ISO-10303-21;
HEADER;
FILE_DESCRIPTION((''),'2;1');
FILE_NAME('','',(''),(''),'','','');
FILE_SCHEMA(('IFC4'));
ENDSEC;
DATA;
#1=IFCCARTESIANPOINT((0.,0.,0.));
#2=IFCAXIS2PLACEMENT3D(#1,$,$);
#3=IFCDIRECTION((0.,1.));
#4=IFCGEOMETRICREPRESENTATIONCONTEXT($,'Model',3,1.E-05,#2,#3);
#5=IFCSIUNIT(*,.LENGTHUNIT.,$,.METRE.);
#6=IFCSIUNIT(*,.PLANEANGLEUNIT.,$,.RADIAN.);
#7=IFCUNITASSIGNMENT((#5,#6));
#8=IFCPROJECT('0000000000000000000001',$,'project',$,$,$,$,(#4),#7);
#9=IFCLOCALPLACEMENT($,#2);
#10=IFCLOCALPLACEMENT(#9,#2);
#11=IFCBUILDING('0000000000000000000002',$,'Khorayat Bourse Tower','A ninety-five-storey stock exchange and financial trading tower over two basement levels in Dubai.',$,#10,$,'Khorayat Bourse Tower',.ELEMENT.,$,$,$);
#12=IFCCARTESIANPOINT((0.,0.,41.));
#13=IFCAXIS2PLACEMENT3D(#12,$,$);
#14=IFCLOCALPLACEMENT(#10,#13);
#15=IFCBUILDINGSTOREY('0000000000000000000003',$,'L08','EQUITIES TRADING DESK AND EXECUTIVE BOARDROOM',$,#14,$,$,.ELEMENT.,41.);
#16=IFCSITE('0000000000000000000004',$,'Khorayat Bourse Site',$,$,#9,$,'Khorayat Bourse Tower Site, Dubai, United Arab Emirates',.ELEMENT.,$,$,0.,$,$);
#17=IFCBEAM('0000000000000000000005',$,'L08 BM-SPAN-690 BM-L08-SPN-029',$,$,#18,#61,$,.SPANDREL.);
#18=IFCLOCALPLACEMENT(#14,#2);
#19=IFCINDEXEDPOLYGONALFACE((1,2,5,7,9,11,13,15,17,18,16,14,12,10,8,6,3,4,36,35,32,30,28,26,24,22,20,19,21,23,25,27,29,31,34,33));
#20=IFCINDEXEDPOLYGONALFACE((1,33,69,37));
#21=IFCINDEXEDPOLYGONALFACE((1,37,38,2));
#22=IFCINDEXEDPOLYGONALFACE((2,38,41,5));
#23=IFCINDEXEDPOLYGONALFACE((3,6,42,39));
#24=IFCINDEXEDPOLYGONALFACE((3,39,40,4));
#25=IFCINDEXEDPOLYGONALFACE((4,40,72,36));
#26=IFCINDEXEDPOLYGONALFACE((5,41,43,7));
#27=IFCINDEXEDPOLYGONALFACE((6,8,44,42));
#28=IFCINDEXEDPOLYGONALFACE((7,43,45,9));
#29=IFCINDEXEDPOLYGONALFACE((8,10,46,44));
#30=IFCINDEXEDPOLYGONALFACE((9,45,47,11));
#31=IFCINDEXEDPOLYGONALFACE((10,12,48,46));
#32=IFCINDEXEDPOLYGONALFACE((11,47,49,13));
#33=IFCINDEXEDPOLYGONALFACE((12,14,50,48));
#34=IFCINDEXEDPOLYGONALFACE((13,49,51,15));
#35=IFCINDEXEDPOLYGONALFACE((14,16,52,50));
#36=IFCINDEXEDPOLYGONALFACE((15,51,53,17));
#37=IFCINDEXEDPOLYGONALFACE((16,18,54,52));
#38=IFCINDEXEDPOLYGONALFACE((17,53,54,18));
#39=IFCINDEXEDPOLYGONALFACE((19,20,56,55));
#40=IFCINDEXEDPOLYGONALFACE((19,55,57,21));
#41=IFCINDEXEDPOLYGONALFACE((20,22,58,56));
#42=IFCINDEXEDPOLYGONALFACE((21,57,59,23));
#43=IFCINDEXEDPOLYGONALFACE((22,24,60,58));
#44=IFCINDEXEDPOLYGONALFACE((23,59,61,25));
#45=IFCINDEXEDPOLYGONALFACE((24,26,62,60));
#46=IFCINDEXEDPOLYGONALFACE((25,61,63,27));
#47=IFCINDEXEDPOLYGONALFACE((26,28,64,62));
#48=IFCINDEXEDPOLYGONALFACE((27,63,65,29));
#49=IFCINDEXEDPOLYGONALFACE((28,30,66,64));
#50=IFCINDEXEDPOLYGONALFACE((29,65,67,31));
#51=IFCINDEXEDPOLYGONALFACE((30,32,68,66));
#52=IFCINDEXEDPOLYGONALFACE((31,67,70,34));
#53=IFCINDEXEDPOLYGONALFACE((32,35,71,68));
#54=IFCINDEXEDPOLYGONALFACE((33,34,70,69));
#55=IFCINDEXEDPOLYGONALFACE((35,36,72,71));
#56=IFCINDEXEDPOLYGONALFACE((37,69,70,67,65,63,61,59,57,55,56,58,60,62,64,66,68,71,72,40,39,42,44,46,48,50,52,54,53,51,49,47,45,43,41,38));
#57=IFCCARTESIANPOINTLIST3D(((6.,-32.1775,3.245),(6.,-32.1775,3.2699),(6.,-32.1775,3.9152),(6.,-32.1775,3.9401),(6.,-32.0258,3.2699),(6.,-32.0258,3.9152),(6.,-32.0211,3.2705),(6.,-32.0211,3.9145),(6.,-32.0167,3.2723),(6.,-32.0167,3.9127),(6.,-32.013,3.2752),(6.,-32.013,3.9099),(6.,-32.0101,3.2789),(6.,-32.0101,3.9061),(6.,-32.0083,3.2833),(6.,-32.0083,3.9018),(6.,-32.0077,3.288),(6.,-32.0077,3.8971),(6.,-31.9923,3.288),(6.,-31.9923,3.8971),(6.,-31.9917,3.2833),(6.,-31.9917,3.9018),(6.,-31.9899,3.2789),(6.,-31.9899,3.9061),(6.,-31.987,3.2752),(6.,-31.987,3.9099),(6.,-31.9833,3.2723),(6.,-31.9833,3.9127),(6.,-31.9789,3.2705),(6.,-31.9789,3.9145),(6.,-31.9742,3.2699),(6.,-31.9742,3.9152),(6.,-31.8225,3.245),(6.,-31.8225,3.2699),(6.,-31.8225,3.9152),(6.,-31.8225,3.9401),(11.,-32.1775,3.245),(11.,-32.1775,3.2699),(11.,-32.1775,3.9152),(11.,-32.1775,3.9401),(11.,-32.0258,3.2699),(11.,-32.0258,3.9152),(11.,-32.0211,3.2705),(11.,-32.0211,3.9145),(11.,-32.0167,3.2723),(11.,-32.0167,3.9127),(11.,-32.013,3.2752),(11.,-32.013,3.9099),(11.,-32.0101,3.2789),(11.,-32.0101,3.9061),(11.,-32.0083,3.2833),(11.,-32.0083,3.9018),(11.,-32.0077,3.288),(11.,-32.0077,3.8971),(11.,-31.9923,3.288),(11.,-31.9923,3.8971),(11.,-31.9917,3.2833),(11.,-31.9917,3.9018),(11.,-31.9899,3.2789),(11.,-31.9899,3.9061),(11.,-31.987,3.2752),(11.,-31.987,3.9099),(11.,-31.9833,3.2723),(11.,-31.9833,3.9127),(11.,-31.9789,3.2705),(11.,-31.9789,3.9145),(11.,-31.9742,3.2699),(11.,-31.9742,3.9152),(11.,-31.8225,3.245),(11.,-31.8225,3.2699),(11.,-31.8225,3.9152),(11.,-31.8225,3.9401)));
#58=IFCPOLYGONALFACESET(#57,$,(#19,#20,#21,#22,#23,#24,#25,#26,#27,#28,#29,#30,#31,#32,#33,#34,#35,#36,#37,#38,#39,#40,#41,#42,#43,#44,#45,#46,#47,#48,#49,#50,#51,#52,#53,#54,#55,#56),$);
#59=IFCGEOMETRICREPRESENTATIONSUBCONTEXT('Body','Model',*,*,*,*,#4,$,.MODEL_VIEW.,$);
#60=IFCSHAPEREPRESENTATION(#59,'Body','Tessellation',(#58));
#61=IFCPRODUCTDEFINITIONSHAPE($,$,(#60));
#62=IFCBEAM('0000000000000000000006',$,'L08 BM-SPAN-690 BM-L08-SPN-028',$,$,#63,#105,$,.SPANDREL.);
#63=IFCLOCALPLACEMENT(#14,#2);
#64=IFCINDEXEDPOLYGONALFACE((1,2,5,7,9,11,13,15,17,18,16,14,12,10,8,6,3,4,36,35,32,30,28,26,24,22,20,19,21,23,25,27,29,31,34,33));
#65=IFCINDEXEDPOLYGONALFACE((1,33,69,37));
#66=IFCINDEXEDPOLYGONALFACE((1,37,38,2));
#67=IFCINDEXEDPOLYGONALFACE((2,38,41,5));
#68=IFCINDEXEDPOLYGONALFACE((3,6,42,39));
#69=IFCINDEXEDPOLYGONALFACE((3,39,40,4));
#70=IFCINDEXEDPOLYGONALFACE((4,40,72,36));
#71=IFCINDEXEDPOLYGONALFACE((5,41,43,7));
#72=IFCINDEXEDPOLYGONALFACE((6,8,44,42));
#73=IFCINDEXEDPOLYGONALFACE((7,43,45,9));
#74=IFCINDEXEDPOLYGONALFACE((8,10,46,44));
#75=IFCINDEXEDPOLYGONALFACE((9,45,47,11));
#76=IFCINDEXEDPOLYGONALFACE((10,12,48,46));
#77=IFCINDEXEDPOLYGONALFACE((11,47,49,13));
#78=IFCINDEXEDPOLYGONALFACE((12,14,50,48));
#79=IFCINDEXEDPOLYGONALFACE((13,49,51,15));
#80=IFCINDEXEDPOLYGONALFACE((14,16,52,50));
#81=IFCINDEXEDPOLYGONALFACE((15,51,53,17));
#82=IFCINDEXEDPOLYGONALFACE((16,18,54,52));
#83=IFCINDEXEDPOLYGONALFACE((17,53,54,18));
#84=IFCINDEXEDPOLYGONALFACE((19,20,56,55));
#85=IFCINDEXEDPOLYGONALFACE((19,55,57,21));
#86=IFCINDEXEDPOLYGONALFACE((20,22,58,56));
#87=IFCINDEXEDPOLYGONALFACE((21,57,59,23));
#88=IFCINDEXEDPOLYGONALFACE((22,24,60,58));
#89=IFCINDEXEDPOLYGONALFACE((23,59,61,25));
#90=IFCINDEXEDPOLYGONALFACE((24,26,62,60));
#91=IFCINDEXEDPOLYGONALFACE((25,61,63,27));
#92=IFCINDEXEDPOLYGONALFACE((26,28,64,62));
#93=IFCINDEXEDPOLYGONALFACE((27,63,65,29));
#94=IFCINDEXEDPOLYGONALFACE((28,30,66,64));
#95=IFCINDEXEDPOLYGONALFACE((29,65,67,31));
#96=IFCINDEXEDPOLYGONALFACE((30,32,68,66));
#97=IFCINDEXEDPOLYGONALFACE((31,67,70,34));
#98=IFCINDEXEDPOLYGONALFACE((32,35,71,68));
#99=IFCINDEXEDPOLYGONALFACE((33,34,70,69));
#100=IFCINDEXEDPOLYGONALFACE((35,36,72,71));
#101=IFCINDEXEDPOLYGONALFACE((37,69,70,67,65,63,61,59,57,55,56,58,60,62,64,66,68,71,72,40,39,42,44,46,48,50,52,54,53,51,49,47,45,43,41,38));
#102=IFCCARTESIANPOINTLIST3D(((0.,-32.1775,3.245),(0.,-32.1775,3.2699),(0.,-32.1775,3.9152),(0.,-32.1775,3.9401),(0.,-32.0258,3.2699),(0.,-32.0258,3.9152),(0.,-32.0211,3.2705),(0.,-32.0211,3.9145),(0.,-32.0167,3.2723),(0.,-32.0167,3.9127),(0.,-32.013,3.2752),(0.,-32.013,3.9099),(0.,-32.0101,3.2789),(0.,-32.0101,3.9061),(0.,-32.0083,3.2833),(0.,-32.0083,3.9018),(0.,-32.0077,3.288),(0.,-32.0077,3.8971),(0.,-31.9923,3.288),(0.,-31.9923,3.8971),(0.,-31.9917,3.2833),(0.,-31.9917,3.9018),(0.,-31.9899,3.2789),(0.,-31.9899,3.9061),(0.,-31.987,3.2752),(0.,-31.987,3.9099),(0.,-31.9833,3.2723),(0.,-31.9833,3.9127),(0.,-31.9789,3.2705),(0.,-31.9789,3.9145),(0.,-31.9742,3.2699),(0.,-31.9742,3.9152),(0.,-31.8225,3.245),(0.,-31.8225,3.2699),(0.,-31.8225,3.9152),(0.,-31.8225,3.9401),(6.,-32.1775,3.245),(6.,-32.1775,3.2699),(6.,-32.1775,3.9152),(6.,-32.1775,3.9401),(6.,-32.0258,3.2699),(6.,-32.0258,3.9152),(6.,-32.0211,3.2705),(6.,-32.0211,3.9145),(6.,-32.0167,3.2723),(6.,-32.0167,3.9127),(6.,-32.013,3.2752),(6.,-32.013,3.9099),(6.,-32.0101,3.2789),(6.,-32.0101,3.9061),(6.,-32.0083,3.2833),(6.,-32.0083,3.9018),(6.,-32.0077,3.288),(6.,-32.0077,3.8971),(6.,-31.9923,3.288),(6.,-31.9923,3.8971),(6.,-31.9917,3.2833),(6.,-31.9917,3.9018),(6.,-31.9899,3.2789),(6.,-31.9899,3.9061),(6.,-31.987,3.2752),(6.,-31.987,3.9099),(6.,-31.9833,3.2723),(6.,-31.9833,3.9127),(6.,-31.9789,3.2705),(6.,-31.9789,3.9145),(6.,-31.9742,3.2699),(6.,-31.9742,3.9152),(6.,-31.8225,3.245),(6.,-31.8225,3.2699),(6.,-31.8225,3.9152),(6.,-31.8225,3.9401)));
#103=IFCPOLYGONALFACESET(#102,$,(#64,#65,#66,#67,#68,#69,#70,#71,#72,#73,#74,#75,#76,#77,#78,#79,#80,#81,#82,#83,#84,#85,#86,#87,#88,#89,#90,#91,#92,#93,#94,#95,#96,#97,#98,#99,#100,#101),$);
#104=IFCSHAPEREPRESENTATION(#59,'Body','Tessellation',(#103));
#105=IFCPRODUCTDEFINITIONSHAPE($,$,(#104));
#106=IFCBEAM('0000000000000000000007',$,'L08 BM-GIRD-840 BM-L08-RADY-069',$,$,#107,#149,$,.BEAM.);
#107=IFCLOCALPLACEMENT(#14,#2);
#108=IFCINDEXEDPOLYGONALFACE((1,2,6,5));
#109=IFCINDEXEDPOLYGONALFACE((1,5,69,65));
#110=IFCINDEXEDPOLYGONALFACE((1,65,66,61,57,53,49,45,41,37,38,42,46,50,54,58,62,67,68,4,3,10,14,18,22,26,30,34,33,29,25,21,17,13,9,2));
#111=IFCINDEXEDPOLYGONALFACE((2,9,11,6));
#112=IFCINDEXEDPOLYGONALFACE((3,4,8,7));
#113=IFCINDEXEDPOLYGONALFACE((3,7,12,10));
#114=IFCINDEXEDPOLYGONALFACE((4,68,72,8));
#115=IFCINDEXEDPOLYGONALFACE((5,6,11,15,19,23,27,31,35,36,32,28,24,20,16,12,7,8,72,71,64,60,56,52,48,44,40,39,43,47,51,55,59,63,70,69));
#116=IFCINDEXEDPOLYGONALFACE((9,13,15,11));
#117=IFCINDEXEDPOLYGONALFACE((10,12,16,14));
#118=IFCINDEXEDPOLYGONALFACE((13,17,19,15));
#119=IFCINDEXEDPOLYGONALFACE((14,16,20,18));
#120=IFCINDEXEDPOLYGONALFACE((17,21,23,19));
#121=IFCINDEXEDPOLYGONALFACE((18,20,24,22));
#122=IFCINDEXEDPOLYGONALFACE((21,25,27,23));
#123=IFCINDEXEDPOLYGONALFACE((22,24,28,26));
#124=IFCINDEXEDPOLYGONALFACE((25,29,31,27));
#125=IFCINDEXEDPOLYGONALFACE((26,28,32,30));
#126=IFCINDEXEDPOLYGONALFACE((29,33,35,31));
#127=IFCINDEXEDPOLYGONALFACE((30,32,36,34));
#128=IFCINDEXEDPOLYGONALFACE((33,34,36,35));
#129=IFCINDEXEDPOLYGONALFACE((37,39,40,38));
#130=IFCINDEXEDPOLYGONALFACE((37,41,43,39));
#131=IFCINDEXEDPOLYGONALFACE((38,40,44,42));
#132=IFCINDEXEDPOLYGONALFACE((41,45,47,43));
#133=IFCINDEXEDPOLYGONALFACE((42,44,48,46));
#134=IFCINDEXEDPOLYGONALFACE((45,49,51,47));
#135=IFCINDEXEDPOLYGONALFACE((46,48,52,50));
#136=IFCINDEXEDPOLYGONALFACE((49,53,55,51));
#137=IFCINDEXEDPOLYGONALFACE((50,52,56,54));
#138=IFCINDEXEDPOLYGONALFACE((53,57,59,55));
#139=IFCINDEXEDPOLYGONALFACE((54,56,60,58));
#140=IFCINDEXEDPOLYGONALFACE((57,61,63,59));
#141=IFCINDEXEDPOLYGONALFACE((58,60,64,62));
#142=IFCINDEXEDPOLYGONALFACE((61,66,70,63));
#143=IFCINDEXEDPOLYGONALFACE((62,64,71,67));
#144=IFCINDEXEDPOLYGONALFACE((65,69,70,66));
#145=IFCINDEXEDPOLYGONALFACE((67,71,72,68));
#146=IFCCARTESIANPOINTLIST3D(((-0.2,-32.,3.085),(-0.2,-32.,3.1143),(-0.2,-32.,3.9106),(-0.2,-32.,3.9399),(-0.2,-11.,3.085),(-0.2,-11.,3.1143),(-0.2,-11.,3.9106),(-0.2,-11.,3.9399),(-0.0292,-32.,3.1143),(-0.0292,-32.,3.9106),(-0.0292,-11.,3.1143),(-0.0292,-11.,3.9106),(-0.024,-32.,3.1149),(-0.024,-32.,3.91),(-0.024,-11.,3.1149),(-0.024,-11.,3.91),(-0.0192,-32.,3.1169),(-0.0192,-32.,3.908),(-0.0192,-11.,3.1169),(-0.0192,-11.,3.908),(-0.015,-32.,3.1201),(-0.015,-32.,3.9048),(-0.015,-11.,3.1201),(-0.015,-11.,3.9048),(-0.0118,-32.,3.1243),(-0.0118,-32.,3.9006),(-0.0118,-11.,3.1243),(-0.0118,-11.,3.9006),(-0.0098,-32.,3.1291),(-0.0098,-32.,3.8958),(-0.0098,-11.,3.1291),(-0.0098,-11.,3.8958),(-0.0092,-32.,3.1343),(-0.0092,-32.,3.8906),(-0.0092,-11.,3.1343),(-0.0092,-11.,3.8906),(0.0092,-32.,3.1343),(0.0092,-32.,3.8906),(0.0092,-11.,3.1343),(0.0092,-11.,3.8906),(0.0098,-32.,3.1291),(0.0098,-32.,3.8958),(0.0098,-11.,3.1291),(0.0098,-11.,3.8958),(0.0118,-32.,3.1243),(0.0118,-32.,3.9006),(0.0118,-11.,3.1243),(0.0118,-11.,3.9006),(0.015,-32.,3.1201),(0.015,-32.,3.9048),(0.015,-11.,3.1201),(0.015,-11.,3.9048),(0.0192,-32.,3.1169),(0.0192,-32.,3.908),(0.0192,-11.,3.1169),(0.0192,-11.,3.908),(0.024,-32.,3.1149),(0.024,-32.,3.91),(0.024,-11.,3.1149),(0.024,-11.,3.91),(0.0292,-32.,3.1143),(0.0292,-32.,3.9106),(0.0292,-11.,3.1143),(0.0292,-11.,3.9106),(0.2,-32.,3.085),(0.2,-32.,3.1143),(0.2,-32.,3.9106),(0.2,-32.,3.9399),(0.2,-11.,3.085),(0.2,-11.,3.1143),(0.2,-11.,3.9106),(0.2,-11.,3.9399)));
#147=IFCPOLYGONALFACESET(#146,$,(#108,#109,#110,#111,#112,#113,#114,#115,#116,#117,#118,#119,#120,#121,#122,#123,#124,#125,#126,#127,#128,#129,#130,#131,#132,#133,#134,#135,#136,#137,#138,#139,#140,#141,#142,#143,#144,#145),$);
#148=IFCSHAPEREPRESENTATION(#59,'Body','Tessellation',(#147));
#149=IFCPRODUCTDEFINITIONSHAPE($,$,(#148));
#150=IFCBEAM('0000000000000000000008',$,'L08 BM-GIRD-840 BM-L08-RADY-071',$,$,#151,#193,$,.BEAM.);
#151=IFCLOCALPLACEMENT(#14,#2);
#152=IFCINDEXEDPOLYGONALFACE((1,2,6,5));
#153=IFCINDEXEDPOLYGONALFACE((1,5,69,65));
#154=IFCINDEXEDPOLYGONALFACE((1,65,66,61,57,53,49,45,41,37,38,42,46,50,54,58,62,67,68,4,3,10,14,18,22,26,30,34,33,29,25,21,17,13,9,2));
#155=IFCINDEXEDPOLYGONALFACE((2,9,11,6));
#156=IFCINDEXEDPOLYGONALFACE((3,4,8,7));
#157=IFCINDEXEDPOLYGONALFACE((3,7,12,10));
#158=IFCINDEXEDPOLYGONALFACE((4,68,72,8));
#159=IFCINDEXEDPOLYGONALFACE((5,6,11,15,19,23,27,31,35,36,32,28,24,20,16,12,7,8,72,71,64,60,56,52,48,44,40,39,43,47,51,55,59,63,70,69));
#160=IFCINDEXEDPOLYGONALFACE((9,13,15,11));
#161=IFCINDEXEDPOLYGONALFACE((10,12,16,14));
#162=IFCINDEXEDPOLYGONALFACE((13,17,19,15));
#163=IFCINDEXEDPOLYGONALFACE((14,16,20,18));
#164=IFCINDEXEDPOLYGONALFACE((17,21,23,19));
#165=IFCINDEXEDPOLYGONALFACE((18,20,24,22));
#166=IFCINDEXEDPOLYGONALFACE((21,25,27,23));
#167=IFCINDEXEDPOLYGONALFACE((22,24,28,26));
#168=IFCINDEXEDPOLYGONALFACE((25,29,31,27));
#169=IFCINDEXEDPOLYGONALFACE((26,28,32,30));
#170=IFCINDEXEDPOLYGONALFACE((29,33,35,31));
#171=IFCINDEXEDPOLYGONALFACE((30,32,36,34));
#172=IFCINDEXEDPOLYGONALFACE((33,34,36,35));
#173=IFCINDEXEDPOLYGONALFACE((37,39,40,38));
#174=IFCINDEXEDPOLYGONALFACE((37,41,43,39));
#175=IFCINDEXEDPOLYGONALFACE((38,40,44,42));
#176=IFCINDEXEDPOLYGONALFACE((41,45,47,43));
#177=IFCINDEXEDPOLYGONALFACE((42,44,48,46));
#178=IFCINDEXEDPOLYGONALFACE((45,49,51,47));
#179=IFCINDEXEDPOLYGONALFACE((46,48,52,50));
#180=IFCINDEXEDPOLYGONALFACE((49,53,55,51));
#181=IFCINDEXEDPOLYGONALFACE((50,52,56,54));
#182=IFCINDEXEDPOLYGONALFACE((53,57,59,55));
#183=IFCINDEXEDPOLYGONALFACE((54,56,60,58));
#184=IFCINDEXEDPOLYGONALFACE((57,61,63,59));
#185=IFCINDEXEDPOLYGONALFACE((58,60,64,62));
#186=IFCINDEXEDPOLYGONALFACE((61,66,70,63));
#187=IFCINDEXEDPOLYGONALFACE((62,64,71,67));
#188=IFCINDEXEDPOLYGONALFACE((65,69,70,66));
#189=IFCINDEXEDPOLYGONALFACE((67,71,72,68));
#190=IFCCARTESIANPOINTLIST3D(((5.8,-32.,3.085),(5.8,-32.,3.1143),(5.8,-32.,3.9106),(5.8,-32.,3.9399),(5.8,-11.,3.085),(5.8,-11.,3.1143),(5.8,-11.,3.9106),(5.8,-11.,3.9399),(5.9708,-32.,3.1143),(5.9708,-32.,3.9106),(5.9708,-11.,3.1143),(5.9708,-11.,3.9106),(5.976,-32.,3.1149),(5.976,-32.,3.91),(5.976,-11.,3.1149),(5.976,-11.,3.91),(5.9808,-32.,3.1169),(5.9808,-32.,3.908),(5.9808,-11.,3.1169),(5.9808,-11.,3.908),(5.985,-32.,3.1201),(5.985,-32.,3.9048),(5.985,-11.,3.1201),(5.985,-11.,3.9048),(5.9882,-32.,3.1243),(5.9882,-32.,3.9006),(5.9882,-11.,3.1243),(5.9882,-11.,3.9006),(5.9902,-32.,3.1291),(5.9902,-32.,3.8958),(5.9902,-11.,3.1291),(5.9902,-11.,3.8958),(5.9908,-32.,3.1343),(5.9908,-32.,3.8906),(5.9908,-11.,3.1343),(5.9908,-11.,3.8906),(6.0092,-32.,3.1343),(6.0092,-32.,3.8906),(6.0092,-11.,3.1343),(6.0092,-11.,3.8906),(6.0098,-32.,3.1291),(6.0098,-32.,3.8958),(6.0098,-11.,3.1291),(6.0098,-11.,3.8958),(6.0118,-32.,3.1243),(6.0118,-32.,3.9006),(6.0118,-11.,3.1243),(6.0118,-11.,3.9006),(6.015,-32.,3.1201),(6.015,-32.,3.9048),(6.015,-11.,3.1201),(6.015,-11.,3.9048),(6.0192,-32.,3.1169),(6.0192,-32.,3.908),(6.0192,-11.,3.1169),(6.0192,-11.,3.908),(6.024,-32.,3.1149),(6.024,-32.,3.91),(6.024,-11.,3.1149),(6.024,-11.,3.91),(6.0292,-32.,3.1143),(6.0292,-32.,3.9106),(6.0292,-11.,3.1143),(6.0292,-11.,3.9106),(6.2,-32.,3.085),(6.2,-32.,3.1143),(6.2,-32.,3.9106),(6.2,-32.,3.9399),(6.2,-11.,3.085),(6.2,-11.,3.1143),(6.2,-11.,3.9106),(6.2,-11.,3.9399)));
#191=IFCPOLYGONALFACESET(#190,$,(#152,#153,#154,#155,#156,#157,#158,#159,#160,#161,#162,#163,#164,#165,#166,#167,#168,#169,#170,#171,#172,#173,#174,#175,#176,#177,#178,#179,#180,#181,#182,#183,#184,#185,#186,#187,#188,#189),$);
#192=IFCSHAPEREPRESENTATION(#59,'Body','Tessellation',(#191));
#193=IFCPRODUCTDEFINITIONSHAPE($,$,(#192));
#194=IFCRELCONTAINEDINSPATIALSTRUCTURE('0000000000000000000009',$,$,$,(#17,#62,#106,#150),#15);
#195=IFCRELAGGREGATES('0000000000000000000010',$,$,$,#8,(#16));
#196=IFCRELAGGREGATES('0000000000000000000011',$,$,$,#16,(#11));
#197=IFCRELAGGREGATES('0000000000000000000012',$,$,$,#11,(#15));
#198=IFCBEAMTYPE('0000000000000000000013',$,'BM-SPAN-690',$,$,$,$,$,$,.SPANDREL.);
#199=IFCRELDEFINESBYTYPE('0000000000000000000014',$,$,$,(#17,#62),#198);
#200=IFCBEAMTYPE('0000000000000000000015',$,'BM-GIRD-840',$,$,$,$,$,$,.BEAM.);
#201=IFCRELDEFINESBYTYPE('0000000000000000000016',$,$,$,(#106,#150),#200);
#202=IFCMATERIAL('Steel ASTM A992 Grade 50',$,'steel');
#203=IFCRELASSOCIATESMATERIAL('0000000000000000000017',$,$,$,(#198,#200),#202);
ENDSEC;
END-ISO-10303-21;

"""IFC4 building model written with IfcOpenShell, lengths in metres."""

from ifc_helpers import new_model, si_unit, direction, frame, origin, origin_2d, place, context, subcontext, project, spatial, i_section, extrude, source, transform, mapped, material, material_profile, profile_set, type_object, element, save


model = new_model("IFC4")

# Units and contexts
model_context = context("Model", 3, precision=1e-05, world=origin(), true_north=direction((0.0, 1.0)))
body_context = subcontext(model_context, "Body", "Model", "MODEL_VIEW")
ifc_project = project(units=[si_unit("LENGTHUNIT", "METRE"), si_unit("PLANEANGLEUNIT", "RADIAN")], contexts=[model_context])

# Site, building, storey
site_placement = place(None, origin())
site = spatial("IfcSite", under=ifc_project, at=site_placement, Name="Khorayat Bourse Site", LongName="Khorayat Bourse Tower Site, Dubai, United Arab Emirates", CompositionType="ELEMENT", RefElevation=0.0)
building_placement = place(site_placement, origin())
building = spatial("IfcBuilding", under=site, at=building_placement, Name="Khorayat Bourse Tower", Description="A ninety-five-storey stock exchange and financial trading tower over two basement levels in Dubai.", LongName="Khorayat Bourse Tower", CompositionType="ELEMENT")
storey_placement = place(building_placement, frame((0.0, 0.0, 41.0)))
storey = spatial("IfcBuildingStorey", under=building, at=storey_placement, Name="L08", Description="EQUITIES TRADING DESK AND EXECUTIVE BOARDROOM", CompositionType="ELEMENT", Elevation=41.0)

# Beams
ifc_material_1 = material(Name="Steel ASTM A992 Grade 50", Category="steel")
ifc_material_profile_1 = material_profile(ifc_material_1, i_section(OverallWidth=0.355, OverallDepth=0.6951, WebThickness=0.0154, FlangeThickness=0.0249, FilletRadius=0.0181, at=origin_2d()), Name="W690X217")
ifc_profile_set_1 = profile_set([ifc_material_profile_1], Name="Steel ASTM A992 Grade 50")
beam_type_1 = type_object("IfcBeamType", Name="BM-SPAN-690", PredefinedType="SPANDREL", material=ifc_profile_set_1)
shared_shape_1 = source(origin(), body_context, "Body", "SweptSolid", [
    extrude(i_section(OverallWidth=0.355, OverallDepth=0.6951, WebThickness=0.0154, FlangeThickness=0.0249, FilletRadius=0.0181, at=origin_2d()), origin(), (0.0, 0.0, 1.0), 5.0),
])
beam_1_placement = place(storey_placement, frame((6.0, -32.0, 3.5925), z_axis=(1.0, 0.0, 0.0), x_axis=(0.0, 1.0, 0.0)))
element("IfcBeam", 1, at=beam_1_placement, inside=storey, type_object=beam_type_1, Name="L08 BM-SPAN-690 BM-L08-SPN-029", PredefinedType="SPANDREL", context=body_context, shape_type="MappedRepresentation", body=[
    mapped(shared_shape_1, transform((0.0, 0.0, 0.0), scale=1.0)),
])
shared_shape_2 = source(origin(), body_context, "Body", "SweptSolid", [
    extrude(i_section(OverallWidth=0.355, OverallDepth=0.6951, WebThickness=0.0154, FlangeThickness=0.0249, FilletRadius=0.0181, at=origin_2d()), origin(), (0.0, 0.0, 1.0), 6.0),
])
beam_2_placement = place(storey_placement, frame((0.0, -32.0, 3.5925), z_axis=(1.0, 0.0, 0.0), x_axis=(0.0, 1.0, 0.0)))
element("IfcBeam", 2, at=beam_2_placement, inside=storey, type_object=beam_type_1, Name="L08 BM-SPAN-690 BM-L08-SPN-028", PredefinedType="SPANDREL", context=body_context, shape_type="MappedRepresentation", body=[
    mapped(shared_shape_2, transform((0.0, 0.0, 0.0), scale=1.0)),
])
ifc_material_profile_2 = material_profile(ifc_material_1, i_section(OverallWidth=0.3999, OverallDepth=0.855, WebThickness=0.0183, FlangeThickness=0.0293, FilletRadius=0.02, at=origin_2d()), Name="W840X299")
ifc_profile_set_2 = profile_set([ifc_material_profile_2], Name="Steel ASTM A992 Grade 50")
beam_type_2 = type_object("IfcBeamType", Name="BM-GIRD-840", PredefinedType="BEAM", material=ifc_profile_set_2)
shared_shape_3 = source(origin(), body_context, "Body", "SweptSolid", [
    extrude(i_section(OverallWidth=0.3999, OverallDepth=0.855, WebThickness=0.0183, FlangeThickness=0.0293, FilletRadius=0.02, at=origin_2d()), origin(), (0.0, 0.0, 1.0), 21.0),
])
for number, where, z_axis, x_axis, name in (
    (3, (0.0, -32.0, 3.5125), (0.0, 1.0, 0.0), (-1.0, 0.0, 0.0), "L08 BM-GIRD-840 BM-L08-RADY-069"),
    (4, (6.0, -32.0, 3.5125), (0.0, 1.0, 0.0), (-1.0, 0.0, 0.0), "L08 BM-GIRD-840 BM-L08-RADY-071"),
):
    element("IfcBeam", number, at=place(storey_placement, frame(where, z_axis=z_axis, x_axis=x_axis)), inside=storey, type_object=beam_type_2, Name=name, PredefinedType="BEAM", context=body_context, shape_type="MappedRepresentation", body=[
        mapped(shared_shape_3, transform((0.0, 0.0, 0.0), scale=1.0)),
    ])

save(model, "model.ifc")
